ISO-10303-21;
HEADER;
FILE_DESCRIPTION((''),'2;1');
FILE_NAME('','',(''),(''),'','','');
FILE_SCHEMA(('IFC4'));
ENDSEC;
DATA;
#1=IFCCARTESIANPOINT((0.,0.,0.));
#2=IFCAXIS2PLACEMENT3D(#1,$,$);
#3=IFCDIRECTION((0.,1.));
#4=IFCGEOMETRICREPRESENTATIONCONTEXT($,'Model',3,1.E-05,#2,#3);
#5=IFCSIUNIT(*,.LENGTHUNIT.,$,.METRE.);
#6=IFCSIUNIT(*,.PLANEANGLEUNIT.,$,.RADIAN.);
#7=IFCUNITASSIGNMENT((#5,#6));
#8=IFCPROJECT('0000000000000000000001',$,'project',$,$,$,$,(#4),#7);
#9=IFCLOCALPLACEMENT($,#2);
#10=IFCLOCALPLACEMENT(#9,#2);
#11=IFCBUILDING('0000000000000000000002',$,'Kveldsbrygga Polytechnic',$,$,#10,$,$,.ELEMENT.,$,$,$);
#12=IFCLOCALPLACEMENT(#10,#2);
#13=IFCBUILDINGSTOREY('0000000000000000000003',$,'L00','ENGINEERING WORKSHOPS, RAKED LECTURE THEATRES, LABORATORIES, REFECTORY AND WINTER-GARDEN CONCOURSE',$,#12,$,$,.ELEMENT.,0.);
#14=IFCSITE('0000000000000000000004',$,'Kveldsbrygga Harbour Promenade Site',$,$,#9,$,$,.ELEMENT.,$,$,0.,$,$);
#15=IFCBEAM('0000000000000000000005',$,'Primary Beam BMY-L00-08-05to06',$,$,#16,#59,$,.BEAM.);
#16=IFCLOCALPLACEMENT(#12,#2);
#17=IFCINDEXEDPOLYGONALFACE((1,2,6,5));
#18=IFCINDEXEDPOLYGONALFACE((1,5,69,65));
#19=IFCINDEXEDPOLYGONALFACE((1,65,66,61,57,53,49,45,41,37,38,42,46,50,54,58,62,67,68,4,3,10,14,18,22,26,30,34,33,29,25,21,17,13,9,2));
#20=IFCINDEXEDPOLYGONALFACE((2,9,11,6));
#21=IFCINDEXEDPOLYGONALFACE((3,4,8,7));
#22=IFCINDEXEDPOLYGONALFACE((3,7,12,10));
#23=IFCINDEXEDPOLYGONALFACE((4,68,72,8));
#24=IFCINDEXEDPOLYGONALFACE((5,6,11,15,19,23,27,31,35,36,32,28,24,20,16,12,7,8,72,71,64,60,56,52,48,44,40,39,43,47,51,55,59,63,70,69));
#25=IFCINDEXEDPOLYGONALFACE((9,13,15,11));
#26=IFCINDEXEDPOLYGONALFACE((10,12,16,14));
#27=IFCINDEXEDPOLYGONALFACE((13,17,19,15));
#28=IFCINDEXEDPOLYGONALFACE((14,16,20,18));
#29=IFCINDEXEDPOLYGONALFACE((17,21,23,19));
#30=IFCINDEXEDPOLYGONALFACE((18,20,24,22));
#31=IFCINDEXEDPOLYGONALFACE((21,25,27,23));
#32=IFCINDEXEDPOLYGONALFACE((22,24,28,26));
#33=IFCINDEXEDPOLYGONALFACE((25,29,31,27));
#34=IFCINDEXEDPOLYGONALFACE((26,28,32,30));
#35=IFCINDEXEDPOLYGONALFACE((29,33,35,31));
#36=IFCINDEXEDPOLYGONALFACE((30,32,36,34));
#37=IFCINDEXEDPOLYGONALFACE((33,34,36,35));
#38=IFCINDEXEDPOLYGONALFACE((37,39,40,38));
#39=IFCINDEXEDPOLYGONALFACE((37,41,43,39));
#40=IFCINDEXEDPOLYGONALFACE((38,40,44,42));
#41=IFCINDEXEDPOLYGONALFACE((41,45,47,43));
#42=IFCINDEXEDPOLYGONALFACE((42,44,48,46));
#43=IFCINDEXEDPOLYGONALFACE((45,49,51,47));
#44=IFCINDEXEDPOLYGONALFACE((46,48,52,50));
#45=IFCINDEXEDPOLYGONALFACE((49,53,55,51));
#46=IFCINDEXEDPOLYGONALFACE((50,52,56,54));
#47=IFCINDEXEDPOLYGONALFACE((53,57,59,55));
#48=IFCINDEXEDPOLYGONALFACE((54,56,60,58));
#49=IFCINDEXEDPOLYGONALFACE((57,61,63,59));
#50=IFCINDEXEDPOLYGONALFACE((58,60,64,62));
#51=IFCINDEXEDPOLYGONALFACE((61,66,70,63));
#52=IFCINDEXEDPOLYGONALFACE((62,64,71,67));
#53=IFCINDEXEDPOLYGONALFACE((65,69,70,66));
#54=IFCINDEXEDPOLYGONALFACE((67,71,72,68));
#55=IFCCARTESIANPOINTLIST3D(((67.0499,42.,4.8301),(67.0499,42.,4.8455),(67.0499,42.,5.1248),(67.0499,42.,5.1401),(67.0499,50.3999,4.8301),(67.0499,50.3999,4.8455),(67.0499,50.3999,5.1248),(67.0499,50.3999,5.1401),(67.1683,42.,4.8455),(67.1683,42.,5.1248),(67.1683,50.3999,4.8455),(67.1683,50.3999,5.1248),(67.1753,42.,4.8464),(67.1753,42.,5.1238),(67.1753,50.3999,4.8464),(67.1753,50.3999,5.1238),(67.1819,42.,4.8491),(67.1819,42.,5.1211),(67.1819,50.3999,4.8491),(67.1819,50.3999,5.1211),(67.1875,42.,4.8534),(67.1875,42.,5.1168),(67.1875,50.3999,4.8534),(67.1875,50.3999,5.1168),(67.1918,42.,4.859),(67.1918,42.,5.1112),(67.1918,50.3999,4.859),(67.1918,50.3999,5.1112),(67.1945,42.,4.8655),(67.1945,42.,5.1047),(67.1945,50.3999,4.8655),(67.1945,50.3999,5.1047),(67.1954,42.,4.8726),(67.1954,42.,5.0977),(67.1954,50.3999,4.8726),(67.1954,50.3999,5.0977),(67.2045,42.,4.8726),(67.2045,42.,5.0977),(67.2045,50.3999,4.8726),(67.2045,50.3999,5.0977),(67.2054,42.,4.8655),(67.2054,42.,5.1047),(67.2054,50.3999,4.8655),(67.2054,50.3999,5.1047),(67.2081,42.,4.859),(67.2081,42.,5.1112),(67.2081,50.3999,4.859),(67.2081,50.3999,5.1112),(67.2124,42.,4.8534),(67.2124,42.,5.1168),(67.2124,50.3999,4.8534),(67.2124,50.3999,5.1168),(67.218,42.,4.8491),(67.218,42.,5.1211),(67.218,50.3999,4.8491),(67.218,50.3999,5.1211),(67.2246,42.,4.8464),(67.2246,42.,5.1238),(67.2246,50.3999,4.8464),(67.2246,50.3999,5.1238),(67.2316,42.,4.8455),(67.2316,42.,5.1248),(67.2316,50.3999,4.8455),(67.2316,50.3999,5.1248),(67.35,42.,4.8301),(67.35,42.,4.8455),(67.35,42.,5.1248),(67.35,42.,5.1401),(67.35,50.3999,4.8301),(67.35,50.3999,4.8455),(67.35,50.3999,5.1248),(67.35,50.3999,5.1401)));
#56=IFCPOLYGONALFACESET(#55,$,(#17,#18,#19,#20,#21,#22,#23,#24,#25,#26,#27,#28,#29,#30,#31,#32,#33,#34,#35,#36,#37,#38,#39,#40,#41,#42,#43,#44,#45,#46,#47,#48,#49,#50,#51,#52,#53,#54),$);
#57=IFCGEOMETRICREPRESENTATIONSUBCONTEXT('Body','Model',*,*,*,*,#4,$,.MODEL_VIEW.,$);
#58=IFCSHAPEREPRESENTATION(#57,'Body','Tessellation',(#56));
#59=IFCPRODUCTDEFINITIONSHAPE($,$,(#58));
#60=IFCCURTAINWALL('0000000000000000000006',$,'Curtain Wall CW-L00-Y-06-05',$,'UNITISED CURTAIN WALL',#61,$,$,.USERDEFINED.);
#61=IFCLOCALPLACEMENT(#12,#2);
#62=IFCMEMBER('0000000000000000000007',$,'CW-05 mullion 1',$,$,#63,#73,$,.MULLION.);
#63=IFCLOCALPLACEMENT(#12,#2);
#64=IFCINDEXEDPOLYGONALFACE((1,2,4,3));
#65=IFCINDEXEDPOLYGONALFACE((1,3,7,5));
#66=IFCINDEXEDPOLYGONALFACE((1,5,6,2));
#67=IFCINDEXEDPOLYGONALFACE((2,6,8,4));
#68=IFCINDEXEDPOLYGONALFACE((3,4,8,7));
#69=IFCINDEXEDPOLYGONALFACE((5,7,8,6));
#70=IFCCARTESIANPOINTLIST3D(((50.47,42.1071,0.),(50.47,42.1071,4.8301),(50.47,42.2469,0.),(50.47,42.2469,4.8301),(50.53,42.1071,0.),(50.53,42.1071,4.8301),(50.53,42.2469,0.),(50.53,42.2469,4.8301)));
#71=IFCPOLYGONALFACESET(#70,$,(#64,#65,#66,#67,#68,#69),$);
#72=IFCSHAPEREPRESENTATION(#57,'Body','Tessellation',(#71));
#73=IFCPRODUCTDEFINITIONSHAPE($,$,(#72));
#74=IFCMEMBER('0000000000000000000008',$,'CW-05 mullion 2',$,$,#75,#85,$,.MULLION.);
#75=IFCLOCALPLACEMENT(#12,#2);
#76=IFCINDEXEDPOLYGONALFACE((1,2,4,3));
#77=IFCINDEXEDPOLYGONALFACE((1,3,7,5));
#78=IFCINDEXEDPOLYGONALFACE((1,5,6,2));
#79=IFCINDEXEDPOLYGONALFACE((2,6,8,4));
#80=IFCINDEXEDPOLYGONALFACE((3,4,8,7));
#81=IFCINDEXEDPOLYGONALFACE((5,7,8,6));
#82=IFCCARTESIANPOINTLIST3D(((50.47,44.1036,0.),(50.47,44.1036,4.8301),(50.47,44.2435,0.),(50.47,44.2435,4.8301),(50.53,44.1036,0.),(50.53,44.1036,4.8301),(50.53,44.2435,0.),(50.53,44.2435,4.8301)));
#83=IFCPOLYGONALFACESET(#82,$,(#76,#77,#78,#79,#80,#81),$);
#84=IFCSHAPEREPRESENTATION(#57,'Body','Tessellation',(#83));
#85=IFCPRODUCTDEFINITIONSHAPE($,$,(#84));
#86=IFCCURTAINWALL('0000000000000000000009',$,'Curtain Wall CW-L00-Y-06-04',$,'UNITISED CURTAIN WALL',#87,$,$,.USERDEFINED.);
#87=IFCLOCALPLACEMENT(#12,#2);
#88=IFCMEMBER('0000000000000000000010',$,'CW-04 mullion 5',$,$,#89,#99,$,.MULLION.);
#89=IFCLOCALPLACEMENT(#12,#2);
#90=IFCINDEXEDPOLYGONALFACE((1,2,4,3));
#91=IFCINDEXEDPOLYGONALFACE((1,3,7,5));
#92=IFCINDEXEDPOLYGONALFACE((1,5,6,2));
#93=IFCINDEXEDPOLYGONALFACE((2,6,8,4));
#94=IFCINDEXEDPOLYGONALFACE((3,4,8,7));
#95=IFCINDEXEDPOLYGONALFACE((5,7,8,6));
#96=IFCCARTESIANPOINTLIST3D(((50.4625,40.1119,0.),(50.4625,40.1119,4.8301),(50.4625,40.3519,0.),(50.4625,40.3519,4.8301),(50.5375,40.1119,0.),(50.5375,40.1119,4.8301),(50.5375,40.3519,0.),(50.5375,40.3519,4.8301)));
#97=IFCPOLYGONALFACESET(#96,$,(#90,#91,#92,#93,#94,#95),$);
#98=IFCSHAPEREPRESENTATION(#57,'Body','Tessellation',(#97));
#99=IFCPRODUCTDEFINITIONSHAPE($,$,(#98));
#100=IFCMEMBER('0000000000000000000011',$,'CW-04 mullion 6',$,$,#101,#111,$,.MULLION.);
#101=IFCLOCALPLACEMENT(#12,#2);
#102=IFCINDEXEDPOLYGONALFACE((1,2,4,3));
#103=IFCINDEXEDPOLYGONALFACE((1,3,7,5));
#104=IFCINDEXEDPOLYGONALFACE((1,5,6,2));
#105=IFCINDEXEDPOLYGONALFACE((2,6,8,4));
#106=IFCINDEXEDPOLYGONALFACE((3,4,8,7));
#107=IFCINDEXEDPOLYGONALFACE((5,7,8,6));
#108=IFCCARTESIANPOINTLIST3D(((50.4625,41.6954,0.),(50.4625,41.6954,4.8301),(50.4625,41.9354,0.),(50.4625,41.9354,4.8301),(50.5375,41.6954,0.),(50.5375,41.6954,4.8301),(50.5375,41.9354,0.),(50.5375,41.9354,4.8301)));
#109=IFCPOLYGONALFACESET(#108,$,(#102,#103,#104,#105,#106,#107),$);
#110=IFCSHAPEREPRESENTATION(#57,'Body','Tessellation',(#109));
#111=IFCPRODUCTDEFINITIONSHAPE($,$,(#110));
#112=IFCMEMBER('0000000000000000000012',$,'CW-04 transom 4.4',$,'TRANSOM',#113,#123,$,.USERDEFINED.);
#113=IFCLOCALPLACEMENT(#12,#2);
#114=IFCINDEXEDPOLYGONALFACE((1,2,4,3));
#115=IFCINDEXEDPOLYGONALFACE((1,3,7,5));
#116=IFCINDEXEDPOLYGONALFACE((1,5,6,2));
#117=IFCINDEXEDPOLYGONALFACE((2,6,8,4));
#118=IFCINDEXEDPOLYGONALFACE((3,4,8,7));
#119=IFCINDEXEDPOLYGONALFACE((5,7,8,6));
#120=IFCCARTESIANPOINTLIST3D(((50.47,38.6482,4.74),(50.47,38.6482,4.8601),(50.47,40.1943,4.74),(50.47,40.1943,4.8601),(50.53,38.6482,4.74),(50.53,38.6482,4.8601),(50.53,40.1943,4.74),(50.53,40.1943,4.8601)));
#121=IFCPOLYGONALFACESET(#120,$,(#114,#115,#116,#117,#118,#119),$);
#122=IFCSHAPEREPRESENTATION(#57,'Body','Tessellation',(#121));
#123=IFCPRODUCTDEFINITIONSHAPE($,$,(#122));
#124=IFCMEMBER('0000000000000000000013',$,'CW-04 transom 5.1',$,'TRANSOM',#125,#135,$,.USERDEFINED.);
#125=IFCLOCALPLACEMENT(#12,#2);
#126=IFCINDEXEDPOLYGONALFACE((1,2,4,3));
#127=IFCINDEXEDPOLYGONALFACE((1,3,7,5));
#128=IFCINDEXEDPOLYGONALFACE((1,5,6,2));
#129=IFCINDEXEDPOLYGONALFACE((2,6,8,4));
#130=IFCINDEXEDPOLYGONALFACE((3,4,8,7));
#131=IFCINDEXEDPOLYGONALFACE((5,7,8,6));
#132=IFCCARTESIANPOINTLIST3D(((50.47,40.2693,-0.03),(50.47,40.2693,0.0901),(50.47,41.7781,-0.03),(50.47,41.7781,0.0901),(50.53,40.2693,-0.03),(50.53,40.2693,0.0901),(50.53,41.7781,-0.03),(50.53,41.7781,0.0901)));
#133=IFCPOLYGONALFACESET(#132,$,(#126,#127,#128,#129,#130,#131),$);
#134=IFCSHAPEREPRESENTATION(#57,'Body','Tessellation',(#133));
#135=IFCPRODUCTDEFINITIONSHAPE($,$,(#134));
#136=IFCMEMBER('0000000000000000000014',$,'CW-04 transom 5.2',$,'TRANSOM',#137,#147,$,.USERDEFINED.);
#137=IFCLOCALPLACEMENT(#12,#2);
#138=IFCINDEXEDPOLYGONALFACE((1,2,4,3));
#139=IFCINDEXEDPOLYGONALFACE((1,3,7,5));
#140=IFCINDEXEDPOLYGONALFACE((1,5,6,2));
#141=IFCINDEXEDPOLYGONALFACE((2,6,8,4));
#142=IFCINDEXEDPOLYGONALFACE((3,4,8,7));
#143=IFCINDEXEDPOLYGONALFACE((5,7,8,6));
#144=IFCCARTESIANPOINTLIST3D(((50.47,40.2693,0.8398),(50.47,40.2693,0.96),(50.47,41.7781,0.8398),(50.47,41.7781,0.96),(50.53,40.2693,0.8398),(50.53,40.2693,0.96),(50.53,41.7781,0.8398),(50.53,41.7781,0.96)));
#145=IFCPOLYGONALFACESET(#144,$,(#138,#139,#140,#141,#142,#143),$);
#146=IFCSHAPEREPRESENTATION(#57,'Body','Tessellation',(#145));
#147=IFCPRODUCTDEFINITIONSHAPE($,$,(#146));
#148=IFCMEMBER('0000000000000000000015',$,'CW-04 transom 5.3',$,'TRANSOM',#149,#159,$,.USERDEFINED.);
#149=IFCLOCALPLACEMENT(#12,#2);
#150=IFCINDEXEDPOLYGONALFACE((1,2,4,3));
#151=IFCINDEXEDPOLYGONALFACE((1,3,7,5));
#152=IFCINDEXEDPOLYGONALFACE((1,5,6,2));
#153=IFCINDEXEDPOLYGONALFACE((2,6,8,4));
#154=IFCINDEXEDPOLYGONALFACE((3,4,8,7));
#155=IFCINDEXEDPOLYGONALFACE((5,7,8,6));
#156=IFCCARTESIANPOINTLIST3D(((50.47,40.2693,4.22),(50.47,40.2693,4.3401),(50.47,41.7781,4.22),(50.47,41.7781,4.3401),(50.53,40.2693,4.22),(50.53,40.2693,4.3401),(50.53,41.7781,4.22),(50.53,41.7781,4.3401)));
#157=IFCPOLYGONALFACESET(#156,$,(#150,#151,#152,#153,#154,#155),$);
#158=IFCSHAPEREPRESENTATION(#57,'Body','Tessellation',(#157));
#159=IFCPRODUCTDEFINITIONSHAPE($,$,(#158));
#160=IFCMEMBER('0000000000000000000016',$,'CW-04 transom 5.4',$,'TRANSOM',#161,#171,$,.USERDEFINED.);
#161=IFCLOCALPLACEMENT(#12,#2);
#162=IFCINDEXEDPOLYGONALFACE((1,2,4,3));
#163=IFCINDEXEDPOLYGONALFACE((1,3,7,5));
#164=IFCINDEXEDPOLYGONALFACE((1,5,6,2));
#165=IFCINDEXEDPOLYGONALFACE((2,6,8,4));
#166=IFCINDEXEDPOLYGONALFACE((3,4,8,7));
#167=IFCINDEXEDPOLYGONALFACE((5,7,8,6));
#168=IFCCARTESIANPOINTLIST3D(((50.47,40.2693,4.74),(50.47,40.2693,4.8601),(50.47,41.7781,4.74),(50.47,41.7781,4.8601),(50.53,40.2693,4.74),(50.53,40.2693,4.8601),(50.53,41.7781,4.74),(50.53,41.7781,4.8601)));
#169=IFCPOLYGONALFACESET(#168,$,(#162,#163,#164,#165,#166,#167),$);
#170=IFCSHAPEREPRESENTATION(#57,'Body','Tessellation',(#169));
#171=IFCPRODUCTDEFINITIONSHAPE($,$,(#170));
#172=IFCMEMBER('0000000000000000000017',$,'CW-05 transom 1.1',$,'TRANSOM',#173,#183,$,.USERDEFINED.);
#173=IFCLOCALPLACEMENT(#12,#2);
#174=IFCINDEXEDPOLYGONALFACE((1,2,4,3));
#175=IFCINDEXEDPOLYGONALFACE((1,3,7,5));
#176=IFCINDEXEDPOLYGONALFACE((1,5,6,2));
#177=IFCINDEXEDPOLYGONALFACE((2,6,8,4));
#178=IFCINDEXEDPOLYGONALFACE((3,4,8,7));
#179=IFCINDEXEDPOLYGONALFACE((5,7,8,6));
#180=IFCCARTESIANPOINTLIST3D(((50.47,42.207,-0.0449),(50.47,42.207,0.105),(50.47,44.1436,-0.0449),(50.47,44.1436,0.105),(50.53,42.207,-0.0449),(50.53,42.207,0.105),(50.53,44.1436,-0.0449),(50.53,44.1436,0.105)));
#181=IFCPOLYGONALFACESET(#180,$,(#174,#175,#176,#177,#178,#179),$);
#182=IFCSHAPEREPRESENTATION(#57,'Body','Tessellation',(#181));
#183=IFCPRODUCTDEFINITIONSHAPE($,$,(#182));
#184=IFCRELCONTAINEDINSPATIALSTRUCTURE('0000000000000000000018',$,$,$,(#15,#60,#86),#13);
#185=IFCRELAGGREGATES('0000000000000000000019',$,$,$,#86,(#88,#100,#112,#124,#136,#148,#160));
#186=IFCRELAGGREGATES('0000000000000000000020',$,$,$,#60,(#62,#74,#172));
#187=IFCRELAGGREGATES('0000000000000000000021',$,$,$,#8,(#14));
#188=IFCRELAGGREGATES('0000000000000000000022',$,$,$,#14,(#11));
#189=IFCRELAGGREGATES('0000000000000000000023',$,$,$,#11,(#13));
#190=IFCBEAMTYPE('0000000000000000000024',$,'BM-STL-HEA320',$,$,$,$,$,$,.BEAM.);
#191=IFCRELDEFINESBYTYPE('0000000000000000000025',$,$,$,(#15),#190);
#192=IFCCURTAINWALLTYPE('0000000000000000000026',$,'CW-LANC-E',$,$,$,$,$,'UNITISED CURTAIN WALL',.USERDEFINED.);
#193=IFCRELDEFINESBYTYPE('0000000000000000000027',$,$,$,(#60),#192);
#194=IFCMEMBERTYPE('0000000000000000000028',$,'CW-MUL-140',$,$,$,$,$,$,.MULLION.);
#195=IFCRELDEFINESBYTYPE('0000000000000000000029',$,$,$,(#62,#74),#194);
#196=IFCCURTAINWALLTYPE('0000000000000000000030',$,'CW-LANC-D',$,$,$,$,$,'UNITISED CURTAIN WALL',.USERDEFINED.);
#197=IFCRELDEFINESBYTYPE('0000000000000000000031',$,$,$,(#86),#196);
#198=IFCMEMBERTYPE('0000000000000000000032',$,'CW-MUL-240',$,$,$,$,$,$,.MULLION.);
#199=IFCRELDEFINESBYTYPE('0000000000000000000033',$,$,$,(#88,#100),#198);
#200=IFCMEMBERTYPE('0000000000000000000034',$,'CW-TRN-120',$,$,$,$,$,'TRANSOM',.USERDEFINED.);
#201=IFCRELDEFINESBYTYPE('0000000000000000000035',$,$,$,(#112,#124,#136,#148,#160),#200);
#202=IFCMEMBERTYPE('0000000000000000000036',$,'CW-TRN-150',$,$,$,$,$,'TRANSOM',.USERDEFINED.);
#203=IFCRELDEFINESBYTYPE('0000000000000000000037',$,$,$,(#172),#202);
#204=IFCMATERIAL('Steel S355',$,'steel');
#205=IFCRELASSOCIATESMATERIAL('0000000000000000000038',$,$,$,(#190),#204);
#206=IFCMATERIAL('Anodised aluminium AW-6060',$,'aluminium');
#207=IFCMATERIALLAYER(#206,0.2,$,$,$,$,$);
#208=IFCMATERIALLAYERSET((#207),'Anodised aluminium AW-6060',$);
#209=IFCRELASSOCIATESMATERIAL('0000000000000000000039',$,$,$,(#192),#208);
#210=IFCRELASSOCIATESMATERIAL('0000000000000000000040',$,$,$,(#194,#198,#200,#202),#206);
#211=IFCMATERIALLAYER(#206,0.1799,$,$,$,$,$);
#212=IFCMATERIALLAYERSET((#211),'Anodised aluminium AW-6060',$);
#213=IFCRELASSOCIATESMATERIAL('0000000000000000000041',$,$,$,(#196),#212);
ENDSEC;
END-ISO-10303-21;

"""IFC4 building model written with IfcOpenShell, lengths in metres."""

from ifc_helpers import new_model, si_unit, direction, frame, origin, origin_2d, place, context, subcontext, project, spatial, rectangle, i_section, extrude, material, layer, layer_set, material_profile, profile_set, type_object, element, aggregate, save


model = new_model("IFC4")

# Units and contexts
model_context = context("Model", 3, precision=1e-05, world=origin(), true_north=direction((0.0, 1.0)))
body_context = subcontext(model_context, "Body", "Model", "MODEL_VIEW")
ifc_project = project(units=[si_unit("LENGTHUNIT", "METRE"), si_unit("PLANEANGLEUNIT", "RADIAN")], contexts=[model_context])

# Site, building, storey
site_placement = place(None, origin())
site = spatial("IfcSite", under=ifc_project, at=site_placement, Name="Kveldsbrygga Harbour Promenade Site", CompositionType="ELEMENT", RefElevation=0.0)
building_placement = place(site_placement, origin())
building = spatial("IfcBuilding", under=site, at=building_placement, Name="Kveldsbrygga Polytechnic", CompositionType="ELEMENT")
storey_placement = place(building_placement, origin())
storey = spatial("IfcBuildingStorey", under=building, at=storey_placement, Name="L00", Description="ENGINEERING WORKSHOPS, RAKED LECTURE THEATRES, LABORATORIES, REFECTORY AND WINTER-GARDEN CONCOURSE", CompositionType="ELEMENT", Elevation=0.0)

# Shared definitions
ifc_material_1 = material(Name="Steel S355", Category="steel")

# Beam
ifc_material_profile_1 = material_profile(ifc_material_1, i_section(OverallWidth=0.3, OverallDepth=0.3101, WebThickness=0.009, FlangeThickness=0.0154, FilletRadius=0.0271, at=origin_2d()), Name="HEA 320")
ifc_profile_set_1 = profile_set([ifc_material_profile_1], Name="Steel S355")
beam_type_1 = type_object("IfcBeamType", Name="BM-STL-HEA320", PredefinedType="BEAM", material=ifc_profile_set_1)
for number, where, z_axis, x_axis, name in (
    (1, (67.2, 42.0, 4.9851), (0.0, 1.0, 0.0), (-1.0, 0.0, 0.0), "Primary Beam BMY-L00-08-05to06"),
):
    element("IfcBeam", number, at=place(storey_placement, frame(where, z_axis=z_axis, x_axis=x_axis)), inside=storey, type_object=beam_type_1, Name=name, PredefinedType="BEAM", context=body_context, shape_type="SweptSolid", body=[
        extrude(i_section(OverallWidth=0.3, OverallDepth=0.3101, WebThickness=0.009, FlangeThickness=0.0154, FilletRadius=0.0271, at=origin_2d()), origin(), (0.0, 0.0, 1.0), 8.3999),
    ])

# Curtain walls, members
ifc_material_2 = material(Name="Anodised aluminium AW-6060", Category="aluminium")
ifc_layer_1 = layer(ifc_material_2, 0.2)
ifc_layer_set_1 = layer_set([ifc_layer_1], Name="Anodised aluminium AW-6060")
curtain_wall_type_1 = type_object("IfcCurtainWallType", Name="CW-LANC-E", ElementType="UNITISED CURTAIN WALL", PredefinedType="USERDEFINED", material=ifc_layer_set_1)
curtain_wall_1_placement = place(storey_placement, origin())
curtain_wall_1 = element("IfcCurtainWall", 2, at=curtain_wall_1_placement, inside=storey, type_object=curtain_wall_type_1, Name="Curtain Wall CW-L00-Y-06-05", ObjectType="UNITISED CURTAIN WALL", PredefinedType="USERDEFINED")
ifc_material_profile_2 = material_profile(ifc_material_2, rectangle(XDim=0.0601, YDim=0.1399, at=origin_2d()), Name="ALU 60x140")
ifc_profile_set_2 = profile_set([ifc_material_profile_2], Name="Anodised aluminium AW-6060")
member_type_1 = type_object("IfcMemberType", Name="CW-MUL-140", PredefinedType="MULLION", material=ifc_profile_set_2)
member_1_placement = place(storey_placement, frame((50.5, 42.177, 0.0), z_axis=(0.0, 0.0, 1.0), x_axis=(-1.0, 0.0, 0.0)))
member_1 = element("IfcMember", 3, at=member_1_placement, type_object=member_type_1, Name="CW-05 mullion 1", PredefinedType="MULLION", context=body_context, shape_type="SweptSolid", body=[
    extrude(rectangle(XDim=0.0601, YDim=0.1399, at=origin_2d()), origin(), (0.0, 0.0, 1.0), 4.8301),
])
member_2_placement = place(storey_placement, frame((50.5, 44.1736, 0.0), z_axis=(0.0, 0.0, 1.0), x_axis=(-1.0, 0.0, 0.0)))
member_2 = element("IfcMember", 4, at=member_2_placement, type_object=member_type_1, Name="CW-05 mullion 2", PredefinedType="MULLION", context=body_context, shape_type="SweptSolid", body=[
    extrude(rectangle(XDim=0.0601, YDim=0.1399, at=origin_2d()), origin(), (0.0, 0.0, 1.0), 4.8301),
])
ifc_layer_2 = layer(ifc_material_2, 0.1799)
ifc_layer_set_2 = layer_set([ifc_layer_2], Name="Anodised aluminium AW-6060")
curtain_wall_type_2 = type_object("IfcCurtainWallType", Name="CW-LANC-D", ElementType="UNITISED CURTAIN WALL", PredefinedType="USERDEFINED", material=ifc_layer_set_2)
curtain_wall_2_placement = place(storey_placement, origin())
curtain_wall_2 = element("IfcCurtainWall", 5, at=curtain_wall_2_placement, inside=storey, type_object=curtain_wall_type_2, Name="Curtain Wall CW-L00-Y-06-04", ObjectType="UNITISED CURTAIN WALL", PredefinedType="USERDEFINED")
ifc_material_profile_3 = material_profile(ifc_material_2, rectangle(XDim=0.075, YDim=0.24, at=origin_2d()), Name="ALU 75x240")
ifc_profile_set_3 = profile_set([ifc_material_profile_3], Name="Anodised aluminium AW-6060")
member_type_2 = type_object("IfcMemberType", Name="CW-MUL-240", PredefinedType="MULLION", material=ifc_profile_set_3)
member_3_placement = place(storey_placement, frame((50.5, 40.2319, 0.0), z_axis=(0.0, 0.0, 1.0), x_axis=(-1.0, 0.0, 0.0)))
member_3 = element("IfcMember", 6, at=member_3_placement, type_object=member_type_2, Name="CW-04 mullion 5", PredefinedType="MULLION", context=body_context, shape_type="SweptSolid", body=[
    extrude(rectangle(XDim=0.075, YDim=0.24, at=origin_2d()), origin(), (0.0, 0.0, 1.0), 4.8301),
])
member_4_placement = place(storey_placement, frame((50.5, 41.8154, 0.0), z_axis=(0.0, 0.0, 1.0), x_axis=(-1.0, 0.0, 0.0)))
member_4 = element("IfcMember", 7, at=member_4_placement, type_object=member_type_2, Name="CW-04 mullion 6", PredefinedType="MULLION", context=body_context, shape_type="SweptSolid", body=[
    extrude(rectangle(XDim=0.075, YDim=0.24, at=origin_2d()), origin(), (0.0, 0.0, 1.0), 4.8301),
])
ifc_material_profile_4 = material_profile(ifc_material_2, rectangle(XDim=0.0601, YDim=0.1201, at=origin_2d()), Name="ALU 60x120")
ifc_profile_set_4 = profile_set([ifc_material_profile_4], Name="Anodised aluminium AW-6060")
member_type_3 = type_object("IfcMemberType", Name="CW-TRN-120", ElementType="TRANSOM", PredefinedType="USERDEFINED", material=ifc_profile_set_4)
member_5_placement = place(storey_placement, frame((50.5, 38.6482, 4.8), z_axis=(0.0, 1.0, 0.0), x_axis=(-1.0, 0.0, 0.0)))
member_5 = element("IfcMember", 8, at=member_5_placement, type_object=member_type_3, Name="CW-04 transom 4.4", ObjectType="TRANSOM", PredefinedType="USERDEFINED", context=body_context, shape_type="SweptSolid", body=[
    extrude(rectangle(XDim=0.0601, YDim=0.1201, at=origin_2d()), origin(), (0.0, 0.0, 1.0), 1.5461),
])
member_6_placement = place(storey_placement, frame((50.5, 40.2693, 0.03), z_axis=(0.0, 1.0, 0.0), x_axis=(-1.0, 0.0, 0.0)))
member_6 = element("IfcMember", 9, at=member_6_placement, type_object=member_type_3, Name="CW-04 transom 5.1", ObjectType="TRANSOM", PredefinedType="USERDEFINED", context=body_context, shape_type="SweptSolid", body=[
    extrude(rectangle(XDim=0.0601, YDim=0.1201, at=origin_2d()), origin(), (0.0, 0.0, 1.0), 1.5088),
])
member_7_placement = place(storey_placement, frame((50.5, 40.2693, 0.8999), z_axis=(0.0, 1.0, 0.0), x_axis=(-1.0, 0.0, 0.0)))
member_7 = element("IfcMember", 10, at=member_7_placement, type_object=member_type_3, Name="CW-04 transom 5.2", ObjectType="TRANSOM", PredefinedType="USERDEFINED", context=body_context, shape_type="SweptSolid", body=[
    extrude(rectangle(XDim=0.0601, YDim=0.1201, at=origin_2d()), origin(), (0.0, 0.0, 1.0), 1.5088),
])
member_8_placement = place(storey_placement, frame((50.5, 40.2693, 4.28), z_axis=(0.0, 1.0, 0.0), x_axis=(-1.0, 0.0, 0.0)))
member_8 = element("IfcMember", 11, at=member_8_placement, type_object=member_type_3, Name="CW-04 transom 5.3", ObjectType="TRANSOM", PredefinedType="USERDEFINED", context=body_context, shape_type="SweptSolid", body=[
    extrude(rectangle(XDim=0.0601, YDim=0.1201, at=origin_2d()), origin(), (0.0, 0.0, 1.0), 1.5088),
])
member_9_placement = place(storey_placement, frame((50.5, 40.2693, 4.8), z_axis=(0.0, 1.0, 0.0), x_axis=(-1.0, 0.0, 0.0)))
member_9 = element("IfcMember", 12, at=member_9_placement, type_object=member_type_3, Name="CW-04 transom 5.4", ObjectType="TRANSOM", PredefinedType="USERDEFINED", context=body_context, shape_type="SweptSolid", body=[
    extrude(rectangle(XDim=0.0601, YDim=0.1201, at=origin_2d()), origin(), (0.0, 0.0, 1.0), 1.5088),
])

# Member
ifc_material_profile_5 = material_profile(ifc_material_2, rectangle(XDim=0.0601, YDim=0.1499, at=origin_2d()), Name="ALU 60x150")
ifc_profile_set_5 = profile_set([ifc_material_profile_5], Name="Anodised aluminium AW-6060")
member_type_4 = type_object("IfcMemberType", Name="CW-TRN-150", ElementType="TRANSOM", PredefinedType="USERDEFINED", material=ifc_profile_set_5)
member_10_placement = place(storey_placement, frame((50.5, 42.207, 0.03), z_axis=(0.0, 1.0, 0.0), x_axis=(-1.0, 0.0, 0.0)))
member_10 = element("IfcMember", 13, at=member_10_placement, type_object=member_type_4, Name="CW-05 transom 1.1", ObjectType="TRANSOM", PredefinedType="USERDEFINED", context=body_context, shape_type="SweptSolid", body=[
    extrude(rectangle(XDim=0.0601, YDim=0.1499, at=origin_2d()), origin(), (0.0, 0.0, 1.0), 1.9365),
])

aggregate(curtain_wall_2, [member_3, member_4, member_5, member_6, member_7, member_8, member_9])
aggregate(curtain_wall_1, [member_1, member_2, member_10])

save(model, "model.ifc")
